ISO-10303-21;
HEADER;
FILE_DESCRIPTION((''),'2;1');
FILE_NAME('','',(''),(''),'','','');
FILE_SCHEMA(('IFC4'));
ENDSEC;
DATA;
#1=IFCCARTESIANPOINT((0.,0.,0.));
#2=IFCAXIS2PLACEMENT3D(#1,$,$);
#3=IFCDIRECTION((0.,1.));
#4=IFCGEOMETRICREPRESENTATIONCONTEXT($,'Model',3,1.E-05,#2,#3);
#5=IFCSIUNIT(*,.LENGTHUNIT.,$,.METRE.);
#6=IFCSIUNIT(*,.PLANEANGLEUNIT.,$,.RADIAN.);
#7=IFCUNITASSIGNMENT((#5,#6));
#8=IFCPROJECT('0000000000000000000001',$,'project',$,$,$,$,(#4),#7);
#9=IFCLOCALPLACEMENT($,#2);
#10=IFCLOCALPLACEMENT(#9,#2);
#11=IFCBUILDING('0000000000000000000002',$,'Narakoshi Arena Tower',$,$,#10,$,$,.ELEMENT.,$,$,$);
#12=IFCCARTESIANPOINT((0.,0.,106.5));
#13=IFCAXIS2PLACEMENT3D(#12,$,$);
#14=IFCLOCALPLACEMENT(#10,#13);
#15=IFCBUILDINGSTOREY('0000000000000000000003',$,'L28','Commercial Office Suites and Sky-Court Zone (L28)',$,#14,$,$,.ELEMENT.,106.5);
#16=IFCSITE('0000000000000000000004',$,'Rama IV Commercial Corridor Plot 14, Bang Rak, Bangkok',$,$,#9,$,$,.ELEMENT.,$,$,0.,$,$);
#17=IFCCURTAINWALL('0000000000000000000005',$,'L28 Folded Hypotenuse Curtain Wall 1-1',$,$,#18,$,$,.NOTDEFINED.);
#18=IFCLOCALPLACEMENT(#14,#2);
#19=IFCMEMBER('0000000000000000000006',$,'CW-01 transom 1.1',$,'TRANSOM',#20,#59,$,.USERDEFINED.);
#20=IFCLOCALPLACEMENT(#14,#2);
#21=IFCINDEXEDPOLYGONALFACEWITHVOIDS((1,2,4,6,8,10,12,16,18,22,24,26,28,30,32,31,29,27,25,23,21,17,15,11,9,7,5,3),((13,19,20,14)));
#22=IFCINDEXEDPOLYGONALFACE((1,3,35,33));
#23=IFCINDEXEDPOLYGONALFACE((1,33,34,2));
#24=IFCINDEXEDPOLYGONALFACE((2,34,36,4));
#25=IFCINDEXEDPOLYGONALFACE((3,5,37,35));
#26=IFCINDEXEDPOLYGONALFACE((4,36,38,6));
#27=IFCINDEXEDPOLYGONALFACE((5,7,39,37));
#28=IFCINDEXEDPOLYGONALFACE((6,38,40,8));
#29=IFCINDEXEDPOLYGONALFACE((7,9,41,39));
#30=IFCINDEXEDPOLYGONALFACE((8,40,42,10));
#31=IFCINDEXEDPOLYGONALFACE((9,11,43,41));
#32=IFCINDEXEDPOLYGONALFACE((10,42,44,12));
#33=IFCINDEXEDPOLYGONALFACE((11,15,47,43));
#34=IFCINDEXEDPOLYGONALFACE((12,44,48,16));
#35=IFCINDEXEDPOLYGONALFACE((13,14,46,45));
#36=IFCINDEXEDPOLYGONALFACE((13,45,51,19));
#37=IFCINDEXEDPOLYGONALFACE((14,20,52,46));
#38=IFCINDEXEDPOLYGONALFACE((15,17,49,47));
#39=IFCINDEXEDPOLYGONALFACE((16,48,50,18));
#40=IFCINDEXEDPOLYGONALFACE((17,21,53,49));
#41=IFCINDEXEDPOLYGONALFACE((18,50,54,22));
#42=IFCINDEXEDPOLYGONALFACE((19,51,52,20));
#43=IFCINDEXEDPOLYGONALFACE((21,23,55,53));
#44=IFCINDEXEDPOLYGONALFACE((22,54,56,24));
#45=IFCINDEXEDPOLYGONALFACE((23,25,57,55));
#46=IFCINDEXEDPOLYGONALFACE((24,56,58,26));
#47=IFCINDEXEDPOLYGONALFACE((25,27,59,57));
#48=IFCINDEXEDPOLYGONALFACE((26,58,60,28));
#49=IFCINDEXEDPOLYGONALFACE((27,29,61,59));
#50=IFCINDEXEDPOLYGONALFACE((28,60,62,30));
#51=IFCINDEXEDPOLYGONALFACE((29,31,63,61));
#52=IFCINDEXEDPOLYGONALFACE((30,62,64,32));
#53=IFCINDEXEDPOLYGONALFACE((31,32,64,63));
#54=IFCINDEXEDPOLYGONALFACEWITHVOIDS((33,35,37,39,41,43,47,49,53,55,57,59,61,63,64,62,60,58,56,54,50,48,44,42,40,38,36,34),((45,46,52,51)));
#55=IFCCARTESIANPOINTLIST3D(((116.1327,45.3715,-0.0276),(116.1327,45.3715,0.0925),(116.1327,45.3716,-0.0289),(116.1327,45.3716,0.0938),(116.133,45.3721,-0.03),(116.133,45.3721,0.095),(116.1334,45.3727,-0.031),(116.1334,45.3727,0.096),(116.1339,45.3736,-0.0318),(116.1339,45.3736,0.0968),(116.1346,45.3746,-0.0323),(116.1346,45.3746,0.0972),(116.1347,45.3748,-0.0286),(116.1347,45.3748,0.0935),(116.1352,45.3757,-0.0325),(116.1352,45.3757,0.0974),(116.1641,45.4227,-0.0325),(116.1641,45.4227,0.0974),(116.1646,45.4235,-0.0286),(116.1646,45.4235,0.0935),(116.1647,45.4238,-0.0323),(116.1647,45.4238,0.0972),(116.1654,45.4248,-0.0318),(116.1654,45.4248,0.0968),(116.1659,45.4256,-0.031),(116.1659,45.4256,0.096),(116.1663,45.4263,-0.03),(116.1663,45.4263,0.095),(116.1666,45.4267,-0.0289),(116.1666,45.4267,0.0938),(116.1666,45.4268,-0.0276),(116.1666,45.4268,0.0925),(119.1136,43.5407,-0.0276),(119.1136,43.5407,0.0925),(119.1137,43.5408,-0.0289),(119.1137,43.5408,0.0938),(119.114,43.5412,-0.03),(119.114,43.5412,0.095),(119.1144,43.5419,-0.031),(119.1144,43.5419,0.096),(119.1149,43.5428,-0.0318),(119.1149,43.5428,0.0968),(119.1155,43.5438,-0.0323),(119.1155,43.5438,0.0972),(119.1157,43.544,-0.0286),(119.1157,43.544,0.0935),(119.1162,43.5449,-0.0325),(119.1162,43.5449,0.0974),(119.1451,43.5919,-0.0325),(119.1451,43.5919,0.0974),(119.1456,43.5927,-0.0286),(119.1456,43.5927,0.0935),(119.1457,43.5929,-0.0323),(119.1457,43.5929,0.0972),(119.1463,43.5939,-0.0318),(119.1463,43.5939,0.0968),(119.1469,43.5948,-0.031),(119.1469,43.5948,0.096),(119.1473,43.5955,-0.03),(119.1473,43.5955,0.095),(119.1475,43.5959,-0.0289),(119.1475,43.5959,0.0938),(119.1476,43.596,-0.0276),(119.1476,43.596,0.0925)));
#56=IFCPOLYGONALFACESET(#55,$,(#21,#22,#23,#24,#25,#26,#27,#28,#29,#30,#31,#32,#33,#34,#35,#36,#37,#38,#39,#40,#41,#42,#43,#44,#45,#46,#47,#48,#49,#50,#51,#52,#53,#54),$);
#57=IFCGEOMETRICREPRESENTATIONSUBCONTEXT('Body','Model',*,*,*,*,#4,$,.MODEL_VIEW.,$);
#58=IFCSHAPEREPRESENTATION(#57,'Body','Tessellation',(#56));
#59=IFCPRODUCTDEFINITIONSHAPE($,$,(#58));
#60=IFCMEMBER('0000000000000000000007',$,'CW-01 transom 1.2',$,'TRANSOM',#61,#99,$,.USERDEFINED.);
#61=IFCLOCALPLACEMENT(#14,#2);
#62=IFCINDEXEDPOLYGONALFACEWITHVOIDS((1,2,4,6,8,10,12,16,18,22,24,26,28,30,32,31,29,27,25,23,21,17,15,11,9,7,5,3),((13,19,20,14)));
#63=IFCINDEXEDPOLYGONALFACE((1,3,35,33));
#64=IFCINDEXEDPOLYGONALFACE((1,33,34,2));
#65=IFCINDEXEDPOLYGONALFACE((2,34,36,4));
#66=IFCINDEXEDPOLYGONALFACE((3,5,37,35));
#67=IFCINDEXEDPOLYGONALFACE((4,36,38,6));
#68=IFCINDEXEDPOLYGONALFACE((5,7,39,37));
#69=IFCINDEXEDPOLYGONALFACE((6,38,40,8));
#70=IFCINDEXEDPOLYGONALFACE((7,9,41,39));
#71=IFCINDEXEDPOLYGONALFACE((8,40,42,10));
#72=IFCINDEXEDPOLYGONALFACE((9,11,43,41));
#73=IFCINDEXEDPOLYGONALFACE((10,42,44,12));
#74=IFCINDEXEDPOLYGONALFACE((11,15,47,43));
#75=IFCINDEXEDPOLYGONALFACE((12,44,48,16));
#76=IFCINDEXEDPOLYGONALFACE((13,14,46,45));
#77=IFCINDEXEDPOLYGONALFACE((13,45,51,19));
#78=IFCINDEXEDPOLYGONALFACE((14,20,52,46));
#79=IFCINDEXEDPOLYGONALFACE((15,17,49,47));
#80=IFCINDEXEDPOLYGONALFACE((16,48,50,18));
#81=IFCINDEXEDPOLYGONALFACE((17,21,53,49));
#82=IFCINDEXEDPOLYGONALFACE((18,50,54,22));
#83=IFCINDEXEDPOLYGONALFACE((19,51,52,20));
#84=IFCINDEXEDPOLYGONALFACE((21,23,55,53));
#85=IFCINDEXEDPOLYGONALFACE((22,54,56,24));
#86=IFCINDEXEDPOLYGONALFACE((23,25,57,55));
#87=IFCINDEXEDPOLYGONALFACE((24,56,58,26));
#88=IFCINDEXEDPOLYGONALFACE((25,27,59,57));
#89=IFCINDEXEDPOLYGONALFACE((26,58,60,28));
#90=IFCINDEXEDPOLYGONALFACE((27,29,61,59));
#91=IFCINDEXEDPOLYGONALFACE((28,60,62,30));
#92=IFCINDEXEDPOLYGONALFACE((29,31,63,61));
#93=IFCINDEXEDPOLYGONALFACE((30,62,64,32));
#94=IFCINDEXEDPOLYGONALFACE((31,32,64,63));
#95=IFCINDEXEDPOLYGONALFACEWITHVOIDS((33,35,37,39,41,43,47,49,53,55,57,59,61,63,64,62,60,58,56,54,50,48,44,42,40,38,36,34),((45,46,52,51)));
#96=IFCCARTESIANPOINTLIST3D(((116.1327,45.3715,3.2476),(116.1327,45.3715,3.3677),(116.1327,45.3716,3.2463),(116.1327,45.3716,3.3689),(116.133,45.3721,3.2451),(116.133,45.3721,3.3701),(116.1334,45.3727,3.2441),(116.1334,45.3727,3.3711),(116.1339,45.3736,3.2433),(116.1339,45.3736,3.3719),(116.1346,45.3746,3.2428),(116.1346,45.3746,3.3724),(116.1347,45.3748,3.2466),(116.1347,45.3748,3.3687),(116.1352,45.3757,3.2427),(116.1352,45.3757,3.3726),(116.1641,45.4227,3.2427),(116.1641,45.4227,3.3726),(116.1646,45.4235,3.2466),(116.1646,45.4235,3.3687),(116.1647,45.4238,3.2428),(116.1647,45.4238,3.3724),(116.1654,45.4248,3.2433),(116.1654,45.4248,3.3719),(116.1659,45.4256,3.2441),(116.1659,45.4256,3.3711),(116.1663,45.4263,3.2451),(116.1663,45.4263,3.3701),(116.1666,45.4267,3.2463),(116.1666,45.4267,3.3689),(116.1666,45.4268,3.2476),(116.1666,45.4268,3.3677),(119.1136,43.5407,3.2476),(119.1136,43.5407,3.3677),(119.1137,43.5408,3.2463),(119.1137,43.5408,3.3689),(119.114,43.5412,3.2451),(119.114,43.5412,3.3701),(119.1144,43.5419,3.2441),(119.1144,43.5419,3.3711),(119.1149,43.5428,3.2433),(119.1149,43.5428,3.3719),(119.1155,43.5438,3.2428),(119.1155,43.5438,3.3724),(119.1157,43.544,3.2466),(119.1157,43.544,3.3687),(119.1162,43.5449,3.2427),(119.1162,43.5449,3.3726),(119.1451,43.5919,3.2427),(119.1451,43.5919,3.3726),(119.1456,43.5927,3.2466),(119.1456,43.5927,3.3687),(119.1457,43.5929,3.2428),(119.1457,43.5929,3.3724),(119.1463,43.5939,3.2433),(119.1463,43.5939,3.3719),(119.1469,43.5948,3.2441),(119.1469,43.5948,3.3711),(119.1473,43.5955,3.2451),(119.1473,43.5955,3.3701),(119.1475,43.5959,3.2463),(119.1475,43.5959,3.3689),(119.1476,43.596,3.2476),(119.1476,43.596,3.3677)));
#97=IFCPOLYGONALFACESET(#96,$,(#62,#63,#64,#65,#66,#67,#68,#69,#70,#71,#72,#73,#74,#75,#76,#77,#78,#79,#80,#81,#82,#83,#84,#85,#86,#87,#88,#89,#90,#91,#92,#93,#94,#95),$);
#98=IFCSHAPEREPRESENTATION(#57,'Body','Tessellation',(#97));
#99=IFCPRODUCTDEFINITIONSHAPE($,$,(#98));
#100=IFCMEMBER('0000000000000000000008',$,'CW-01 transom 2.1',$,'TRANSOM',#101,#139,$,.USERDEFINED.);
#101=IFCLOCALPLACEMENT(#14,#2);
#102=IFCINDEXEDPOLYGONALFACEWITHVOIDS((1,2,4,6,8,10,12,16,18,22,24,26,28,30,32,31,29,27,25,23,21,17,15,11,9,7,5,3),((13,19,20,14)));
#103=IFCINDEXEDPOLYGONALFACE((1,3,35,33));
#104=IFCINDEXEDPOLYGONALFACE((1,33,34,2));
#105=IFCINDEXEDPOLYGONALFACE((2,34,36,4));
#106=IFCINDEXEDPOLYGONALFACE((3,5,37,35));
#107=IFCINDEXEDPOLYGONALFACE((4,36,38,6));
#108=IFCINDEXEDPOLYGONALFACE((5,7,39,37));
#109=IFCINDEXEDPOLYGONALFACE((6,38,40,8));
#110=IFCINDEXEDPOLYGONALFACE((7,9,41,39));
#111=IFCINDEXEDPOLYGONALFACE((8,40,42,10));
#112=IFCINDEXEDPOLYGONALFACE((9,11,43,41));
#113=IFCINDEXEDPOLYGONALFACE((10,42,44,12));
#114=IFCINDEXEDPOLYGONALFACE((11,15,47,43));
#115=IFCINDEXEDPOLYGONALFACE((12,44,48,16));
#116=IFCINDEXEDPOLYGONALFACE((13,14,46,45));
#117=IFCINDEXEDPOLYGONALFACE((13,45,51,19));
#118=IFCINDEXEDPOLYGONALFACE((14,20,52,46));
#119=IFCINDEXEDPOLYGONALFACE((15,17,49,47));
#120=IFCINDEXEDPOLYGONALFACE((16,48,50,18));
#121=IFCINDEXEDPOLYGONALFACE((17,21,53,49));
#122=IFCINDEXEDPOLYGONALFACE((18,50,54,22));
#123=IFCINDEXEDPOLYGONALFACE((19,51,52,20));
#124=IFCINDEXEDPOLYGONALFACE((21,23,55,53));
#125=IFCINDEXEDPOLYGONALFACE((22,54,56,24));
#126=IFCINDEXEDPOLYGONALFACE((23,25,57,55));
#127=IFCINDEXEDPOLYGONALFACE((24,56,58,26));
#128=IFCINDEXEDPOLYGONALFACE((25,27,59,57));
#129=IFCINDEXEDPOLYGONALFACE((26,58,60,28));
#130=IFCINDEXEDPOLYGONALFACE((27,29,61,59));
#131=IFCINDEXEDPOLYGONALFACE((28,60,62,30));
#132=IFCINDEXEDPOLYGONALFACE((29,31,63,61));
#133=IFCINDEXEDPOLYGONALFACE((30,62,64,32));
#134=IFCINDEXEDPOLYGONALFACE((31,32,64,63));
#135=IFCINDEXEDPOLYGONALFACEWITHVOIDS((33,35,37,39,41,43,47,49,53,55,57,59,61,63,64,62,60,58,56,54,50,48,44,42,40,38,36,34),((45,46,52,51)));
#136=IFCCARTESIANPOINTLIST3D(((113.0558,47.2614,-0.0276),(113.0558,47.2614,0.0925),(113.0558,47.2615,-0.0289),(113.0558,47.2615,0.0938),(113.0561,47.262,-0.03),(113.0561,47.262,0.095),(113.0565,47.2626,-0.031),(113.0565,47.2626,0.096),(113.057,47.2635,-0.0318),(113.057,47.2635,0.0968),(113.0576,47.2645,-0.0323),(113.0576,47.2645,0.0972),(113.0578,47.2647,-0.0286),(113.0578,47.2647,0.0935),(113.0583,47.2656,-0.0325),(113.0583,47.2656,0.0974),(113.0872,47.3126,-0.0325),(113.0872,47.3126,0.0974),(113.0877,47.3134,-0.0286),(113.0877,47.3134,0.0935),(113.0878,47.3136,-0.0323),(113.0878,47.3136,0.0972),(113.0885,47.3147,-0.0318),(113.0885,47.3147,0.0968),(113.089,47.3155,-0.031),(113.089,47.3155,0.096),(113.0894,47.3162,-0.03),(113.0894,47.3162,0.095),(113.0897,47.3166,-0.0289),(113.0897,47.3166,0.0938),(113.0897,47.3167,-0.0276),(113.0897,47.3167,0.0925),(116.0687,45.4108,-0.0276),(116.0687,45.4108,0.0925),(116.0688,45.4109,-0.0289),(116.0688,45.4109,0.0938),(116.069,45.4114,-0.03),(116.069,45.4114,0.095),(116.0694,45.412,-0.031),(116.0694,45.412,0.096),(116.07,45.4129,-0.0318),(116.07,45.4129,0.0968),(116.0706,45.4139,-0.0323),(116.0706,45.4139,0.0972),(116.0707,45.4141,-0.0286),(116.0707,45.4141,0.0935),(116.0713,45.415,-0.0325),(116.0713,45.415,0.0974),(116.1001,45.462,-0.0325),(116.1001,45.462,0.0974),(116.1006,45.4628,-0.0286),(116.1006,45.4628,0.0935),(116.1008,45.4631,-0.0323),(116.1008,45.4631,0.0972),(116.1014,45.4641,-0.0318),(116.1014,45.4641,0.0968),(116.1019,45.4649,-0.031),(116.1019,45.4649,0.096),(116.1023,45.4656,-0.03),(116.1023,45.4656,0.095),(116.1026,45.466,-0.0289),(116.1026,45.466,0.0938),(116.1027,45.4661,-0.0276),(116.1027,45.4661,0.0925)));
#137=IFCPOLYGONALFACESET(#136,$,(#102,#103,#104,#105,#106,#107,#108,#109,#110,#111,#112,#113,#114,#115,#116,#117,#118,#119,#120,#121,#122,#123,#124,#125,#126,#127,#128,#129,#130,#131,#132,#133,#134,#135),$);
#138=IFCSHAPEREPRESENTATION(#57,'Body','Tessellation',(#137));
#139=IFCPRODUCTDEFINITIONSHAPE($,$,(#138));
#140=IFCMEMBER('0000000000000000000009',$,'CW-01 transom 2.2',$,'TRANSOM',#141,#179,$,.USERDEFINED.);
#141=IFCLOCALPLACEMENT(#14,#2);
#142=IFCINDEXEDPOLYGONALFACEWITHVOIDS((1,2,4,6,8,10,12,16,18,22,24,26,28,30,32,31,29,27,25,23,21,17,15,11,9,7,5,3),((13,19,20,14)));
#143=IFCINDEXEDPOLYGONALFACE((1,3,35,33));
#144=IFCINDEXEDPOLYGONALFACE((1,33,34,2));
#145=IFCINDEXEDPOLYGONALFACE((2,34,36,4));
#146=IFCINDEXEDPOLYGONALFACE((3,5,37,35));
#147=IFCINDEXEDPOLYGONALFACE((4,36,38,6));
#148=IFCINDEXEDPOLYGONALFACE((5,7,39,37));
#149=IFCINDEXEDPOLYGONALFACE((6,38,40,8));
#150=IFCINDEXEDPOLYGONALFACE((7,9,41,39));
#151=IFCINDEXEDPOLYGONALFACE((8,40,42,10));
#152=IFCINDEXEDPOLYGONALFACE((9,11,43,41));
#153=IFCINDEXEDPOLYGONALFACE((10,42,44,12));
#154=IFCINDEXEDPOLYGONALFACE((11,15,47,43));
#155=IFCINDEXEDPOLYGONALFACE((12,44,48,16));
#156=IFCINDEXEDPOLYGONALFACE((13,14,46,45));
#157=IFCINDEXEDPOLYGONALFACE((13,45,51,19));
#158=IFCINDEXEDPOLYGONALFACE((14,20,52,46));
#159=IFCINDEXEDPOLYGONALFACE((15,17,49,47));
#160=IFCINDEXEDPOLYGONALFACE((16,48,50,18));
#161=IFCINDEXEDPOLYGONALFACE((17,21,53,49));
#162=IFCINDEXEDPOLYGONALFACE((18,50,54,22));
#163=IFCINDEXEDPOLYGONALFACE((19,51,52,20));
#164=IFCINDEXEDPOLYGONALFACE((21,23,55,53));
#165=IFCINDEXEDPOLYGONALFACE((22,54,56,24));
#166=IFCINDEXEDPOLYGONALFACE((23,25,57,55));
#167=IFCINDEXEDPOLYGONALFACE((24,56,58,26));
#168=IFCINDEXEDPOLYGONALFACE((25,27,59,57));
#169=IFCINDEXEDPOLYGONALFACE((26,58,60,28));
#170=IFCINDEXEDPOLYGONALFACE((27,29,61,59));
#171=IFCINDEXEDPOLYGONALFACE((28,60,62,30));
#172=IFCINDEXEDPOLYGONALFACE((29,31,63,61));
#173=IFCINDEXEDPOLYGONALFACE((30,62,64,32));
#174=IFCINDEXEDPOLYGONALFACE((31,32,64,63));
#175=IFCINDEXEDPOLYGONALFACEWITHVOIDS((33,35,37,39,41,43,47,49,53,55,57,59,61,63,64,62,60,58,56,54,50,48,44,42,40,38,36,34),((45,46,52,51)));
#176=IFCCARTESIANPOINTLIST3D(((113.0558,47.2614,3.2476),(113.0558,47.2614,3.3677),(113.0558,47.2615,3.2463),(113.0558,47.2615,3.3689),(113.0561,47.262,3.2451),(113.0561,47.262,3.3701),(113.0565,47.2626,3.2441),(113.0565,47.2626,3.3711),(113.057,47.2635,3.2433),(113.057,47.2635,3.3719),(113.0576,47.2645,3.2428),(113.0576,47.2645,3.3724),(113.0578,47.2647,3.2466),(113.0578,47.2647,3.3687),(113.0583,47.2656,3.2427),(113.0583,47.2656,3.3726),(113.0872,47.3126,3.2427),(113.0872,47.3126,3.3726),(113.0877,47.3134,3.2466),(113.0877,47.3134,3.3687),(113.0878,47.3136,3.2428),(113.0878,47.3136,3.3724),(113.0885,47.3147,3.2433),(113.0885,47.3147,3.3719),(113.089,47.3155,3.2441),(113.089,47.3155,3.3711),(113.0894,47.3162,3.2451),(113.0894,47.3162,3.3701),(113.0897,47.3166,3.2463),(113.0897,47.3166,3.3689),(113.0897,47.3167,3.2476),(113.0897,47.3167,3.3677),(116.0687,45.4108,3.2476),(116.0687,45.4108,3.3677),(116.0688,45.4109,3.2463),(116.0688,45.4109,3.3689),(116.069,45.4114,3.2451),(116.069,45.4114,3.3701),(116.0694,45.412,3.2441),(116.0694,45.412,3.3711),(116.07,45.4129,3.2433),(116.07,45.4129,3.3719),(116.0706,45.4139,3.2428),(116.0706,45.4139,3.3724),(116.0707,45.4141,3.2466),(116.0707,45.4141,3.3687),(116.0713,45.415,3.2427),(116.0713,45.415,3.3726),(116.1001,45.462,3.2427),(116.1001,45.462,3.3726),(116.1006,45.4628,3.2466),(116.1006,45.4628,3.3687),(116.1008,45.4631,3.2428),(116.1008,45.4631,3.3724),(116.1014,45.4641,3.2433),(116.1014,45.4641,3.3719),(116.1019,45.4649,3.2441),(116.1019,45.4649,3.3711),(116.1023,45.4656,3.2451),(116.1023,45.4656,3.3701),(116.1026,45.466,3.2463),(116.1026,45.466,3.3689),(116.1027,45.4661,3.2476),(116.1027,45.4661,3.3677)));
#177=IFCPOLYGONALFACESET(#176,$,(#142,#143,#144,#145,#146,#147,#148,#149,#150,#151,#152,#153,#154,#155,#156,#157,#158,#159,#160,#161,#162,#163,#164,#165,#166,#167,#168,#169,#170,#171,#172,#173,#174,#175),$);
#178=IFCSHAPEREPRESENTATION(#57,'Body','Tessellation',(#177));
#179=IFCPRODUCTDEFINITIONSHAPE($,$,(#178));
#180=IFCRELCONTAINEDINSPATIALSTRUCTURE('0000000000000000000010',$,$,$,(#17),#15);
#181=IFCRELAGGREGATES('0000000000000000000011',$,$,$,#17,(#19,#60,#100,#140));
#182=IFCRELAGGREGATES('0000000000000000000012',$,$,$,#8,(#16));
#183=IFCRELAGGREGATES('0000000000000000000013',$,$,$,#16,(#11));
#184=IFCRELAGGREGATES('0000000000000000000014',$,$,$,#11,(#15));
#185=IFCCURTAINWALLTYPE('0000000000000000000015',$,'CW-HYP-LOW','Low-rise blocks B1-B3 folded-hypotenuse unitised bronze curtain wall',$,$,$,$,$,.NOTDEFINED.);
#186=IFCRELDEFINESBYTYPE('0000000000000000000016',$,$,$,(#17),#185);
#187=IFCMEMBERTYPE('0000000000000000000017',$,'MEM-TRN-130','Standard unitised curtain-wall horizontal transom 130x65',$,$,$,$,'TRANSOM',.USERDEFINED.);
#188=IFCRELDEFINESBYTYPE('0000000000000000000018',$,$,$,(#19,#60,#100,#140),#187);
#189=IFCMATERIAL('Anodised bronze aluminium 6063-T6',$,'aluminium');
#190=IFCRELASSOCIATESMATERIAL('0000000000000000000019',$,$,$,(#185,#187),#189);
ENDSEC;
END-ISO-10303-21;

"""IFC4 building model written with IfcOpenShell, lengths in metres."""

from ifc_helpers import new_model, si_unit, direction, frame, origin, origin_2d, place, context, subcontext, project, spatial, hollow_rectangle, extrude, material, material_profile, profile_set, type_object, element, aggregate, save


model = new_model("IFC4")

# Units and contexts
model_context = context("Model", 3, precision=1e-05, world=origin(), true_north=direction((0.0, 1.0)))
body_context = subcontext(model_context, "Body", "Model", "MODEL_VIEW")
ifc_project = project(units=[si_unit("LENGTHUNIT", "METRE"), si_unit("PLANEANGLEUNIT", "RADIAN")], contexts=[model_context])

# Site, building, storey
site_placement = place(None, origin())
site = spatial("IfcSite", under=ifc_project, at=site_placement, Name="Rama IV Commercial Corridor Plot 14, Bang Rak, Bangkok", CompositionType="ELEMENT", RefElevation=0.0)
building_placement = place(site_placement, origin())
building = spatial("IfcBuilding", under=site, at=building_placement, Name="Narakoshi Arena Tower", CompositionType="ELEMENT")
storey_placement = place(building_placement, frame((0.0, 0.0, 106.5)))
storey = spatial("IfcBuildingStorey", under=building, at=storey_placement, Name="L28", Description="Commercial Office Suites and Sky-Court Zone (L28)", CompositionType="ELEMENT", Elevation=106.5)

# Curtain wall, members
ifc_material_1 = material(Name="Anodised bronze aluminium 6063-T6", Category="aluminium")
curtain_wall_type = type_object("IfcCurtainWallType", Name="CW-HYP-LOW", Description="Low-rise blocks B1-B3 folded-hypotenuse unitised bronze curtain wall", PredefinedType="NOTDEFINED", material=ifc_material_1)
curtain_wall_placement = place(storey_placement, origin())
curtain_wall = element("IfcCurtainWall", 1, at=curtain_wall_placement, inside=storey, type_object=curtain_wall_type, Name="L28 Folded Hypotenuse Curtain Wall 1-1", PredefinedType="NOTDEFINED")
ifc_material_profile_1 = material_profile(ifc_material_1, hollow_rectangle(XDim=0.0649, YDim=0.1299, WallThickness=0.0039, OuterFilletRadius=0.0049, at=origin_2d()), Name="TRN130x65x4")
ifc_profile_set_1 = profile_set([ifc_material_profile_1], Name="Anodised bronze aluminium 6063-T6")
member_type_1 = type_object("IfcMemberType", Name="MEM-TRN-130", Description="Standard unitised curtain-wall horizontal transom 130x65", ElementType="TRANSOM", PredefinedType="USERDEFINED", material=ifc_profile_set_1)
member_1_placement = place(storey_placement, frame((119.1306, 43.5684, 0.0325), z_axis=(-0.85212, 0.523346, 0.0), x_axis=(-0.523346, -0.85212, 0.0)))
member_1 = element("IfcMember", 2, at=member_1_placement, type_object=member_type_1, Name="CW-01 transom 1.1", ObjectType="TRANSOM", PredefinedType="USERDEFINED", context=body_context, shape_type="SweptSolid", body=[
    extrude(hollow_rectangle(XDim=0.0649, YDim=0.1299, WallThickness=0.0039, OuterFilletRadius=0.0049, at=origin_2d()), origin(), (0.0, 0.0, 1.0), 3.4983),
])
member_2_placement = place(storey_placement, frame((119.1306, 43.5684, 3.3076), z_axis=(-0.85212, 0.523346, 0.0), x_axis=(-0.523346, -0.85212, 0.0)))
member_2 = element("IfcMember", 3, at=member_2_placement, type_object=member_type_1, Name="CW-01 transom 1.2", ObjectType="TRANSOM", PredefinedType="USERDEFINED", context=body_context, shape_type="SweptSolid", body=[
    extrude(hollow_rectangle(XDim=0.0649, YDim=0.1299, WallThickness=0.0039, OuterFilletRadius=0.0049, at=origin_2d()), origin(), (0.0, 0.0, 1.0), 3.4983),
])
member_3_placement = place(storey_placement, frame((116.0857, 45.4385, 0.0325), z_axis=(-0.852104, 0.523373, 0.0), x_axis=(-0.523373, -0.852104, 0.0)))
member_3 = element("IfcMember", 4, at=member_3_placement, type_object=member_type_1, Name="CW-01 transom 2.1", ObjectType="TRANSOM", PredefinedType="USERDEFINED", context=body_context, shape_type="SweptSolid", body=[
    extrude(hollow_rectangle(XDim=0.0649, YDim=0.1299, WallThickness=0.0039, OuterFilletRadius=0.0049, at=origin_2d()), origin(), (0.0, 0.0, 1.0), 3.5359),
])
member_4_placement = place(storey_placement, frame((116.0857, 45.4385, 3.3076), z_axis=(-0.852104, 0.523373, 0.0), x_axis=(-0.523373, -0.852104, 0.0)))
member_4 = element("IfcMember", 5, at=member_4_placement, type_object=member_type_1, Name="CW-01 transom 2.2", ObjectType="TRANSOM", PredefinedType="USERDEFINED", context=body_context, shape_type="SweptSolid", body=[
    extrude(hollow_rectangle(XDim=0.0649, YDim=0.1299, WallThickness=0.0039, OuterFilletRadius=0.0049, at=origin_2d()), origin(), (0.0, 0.0, 1.0), 3.5359),
])
aggregate(curtain_wall, [member_1, member_2, member_3, member_4])

save(model, "model.ifc")
